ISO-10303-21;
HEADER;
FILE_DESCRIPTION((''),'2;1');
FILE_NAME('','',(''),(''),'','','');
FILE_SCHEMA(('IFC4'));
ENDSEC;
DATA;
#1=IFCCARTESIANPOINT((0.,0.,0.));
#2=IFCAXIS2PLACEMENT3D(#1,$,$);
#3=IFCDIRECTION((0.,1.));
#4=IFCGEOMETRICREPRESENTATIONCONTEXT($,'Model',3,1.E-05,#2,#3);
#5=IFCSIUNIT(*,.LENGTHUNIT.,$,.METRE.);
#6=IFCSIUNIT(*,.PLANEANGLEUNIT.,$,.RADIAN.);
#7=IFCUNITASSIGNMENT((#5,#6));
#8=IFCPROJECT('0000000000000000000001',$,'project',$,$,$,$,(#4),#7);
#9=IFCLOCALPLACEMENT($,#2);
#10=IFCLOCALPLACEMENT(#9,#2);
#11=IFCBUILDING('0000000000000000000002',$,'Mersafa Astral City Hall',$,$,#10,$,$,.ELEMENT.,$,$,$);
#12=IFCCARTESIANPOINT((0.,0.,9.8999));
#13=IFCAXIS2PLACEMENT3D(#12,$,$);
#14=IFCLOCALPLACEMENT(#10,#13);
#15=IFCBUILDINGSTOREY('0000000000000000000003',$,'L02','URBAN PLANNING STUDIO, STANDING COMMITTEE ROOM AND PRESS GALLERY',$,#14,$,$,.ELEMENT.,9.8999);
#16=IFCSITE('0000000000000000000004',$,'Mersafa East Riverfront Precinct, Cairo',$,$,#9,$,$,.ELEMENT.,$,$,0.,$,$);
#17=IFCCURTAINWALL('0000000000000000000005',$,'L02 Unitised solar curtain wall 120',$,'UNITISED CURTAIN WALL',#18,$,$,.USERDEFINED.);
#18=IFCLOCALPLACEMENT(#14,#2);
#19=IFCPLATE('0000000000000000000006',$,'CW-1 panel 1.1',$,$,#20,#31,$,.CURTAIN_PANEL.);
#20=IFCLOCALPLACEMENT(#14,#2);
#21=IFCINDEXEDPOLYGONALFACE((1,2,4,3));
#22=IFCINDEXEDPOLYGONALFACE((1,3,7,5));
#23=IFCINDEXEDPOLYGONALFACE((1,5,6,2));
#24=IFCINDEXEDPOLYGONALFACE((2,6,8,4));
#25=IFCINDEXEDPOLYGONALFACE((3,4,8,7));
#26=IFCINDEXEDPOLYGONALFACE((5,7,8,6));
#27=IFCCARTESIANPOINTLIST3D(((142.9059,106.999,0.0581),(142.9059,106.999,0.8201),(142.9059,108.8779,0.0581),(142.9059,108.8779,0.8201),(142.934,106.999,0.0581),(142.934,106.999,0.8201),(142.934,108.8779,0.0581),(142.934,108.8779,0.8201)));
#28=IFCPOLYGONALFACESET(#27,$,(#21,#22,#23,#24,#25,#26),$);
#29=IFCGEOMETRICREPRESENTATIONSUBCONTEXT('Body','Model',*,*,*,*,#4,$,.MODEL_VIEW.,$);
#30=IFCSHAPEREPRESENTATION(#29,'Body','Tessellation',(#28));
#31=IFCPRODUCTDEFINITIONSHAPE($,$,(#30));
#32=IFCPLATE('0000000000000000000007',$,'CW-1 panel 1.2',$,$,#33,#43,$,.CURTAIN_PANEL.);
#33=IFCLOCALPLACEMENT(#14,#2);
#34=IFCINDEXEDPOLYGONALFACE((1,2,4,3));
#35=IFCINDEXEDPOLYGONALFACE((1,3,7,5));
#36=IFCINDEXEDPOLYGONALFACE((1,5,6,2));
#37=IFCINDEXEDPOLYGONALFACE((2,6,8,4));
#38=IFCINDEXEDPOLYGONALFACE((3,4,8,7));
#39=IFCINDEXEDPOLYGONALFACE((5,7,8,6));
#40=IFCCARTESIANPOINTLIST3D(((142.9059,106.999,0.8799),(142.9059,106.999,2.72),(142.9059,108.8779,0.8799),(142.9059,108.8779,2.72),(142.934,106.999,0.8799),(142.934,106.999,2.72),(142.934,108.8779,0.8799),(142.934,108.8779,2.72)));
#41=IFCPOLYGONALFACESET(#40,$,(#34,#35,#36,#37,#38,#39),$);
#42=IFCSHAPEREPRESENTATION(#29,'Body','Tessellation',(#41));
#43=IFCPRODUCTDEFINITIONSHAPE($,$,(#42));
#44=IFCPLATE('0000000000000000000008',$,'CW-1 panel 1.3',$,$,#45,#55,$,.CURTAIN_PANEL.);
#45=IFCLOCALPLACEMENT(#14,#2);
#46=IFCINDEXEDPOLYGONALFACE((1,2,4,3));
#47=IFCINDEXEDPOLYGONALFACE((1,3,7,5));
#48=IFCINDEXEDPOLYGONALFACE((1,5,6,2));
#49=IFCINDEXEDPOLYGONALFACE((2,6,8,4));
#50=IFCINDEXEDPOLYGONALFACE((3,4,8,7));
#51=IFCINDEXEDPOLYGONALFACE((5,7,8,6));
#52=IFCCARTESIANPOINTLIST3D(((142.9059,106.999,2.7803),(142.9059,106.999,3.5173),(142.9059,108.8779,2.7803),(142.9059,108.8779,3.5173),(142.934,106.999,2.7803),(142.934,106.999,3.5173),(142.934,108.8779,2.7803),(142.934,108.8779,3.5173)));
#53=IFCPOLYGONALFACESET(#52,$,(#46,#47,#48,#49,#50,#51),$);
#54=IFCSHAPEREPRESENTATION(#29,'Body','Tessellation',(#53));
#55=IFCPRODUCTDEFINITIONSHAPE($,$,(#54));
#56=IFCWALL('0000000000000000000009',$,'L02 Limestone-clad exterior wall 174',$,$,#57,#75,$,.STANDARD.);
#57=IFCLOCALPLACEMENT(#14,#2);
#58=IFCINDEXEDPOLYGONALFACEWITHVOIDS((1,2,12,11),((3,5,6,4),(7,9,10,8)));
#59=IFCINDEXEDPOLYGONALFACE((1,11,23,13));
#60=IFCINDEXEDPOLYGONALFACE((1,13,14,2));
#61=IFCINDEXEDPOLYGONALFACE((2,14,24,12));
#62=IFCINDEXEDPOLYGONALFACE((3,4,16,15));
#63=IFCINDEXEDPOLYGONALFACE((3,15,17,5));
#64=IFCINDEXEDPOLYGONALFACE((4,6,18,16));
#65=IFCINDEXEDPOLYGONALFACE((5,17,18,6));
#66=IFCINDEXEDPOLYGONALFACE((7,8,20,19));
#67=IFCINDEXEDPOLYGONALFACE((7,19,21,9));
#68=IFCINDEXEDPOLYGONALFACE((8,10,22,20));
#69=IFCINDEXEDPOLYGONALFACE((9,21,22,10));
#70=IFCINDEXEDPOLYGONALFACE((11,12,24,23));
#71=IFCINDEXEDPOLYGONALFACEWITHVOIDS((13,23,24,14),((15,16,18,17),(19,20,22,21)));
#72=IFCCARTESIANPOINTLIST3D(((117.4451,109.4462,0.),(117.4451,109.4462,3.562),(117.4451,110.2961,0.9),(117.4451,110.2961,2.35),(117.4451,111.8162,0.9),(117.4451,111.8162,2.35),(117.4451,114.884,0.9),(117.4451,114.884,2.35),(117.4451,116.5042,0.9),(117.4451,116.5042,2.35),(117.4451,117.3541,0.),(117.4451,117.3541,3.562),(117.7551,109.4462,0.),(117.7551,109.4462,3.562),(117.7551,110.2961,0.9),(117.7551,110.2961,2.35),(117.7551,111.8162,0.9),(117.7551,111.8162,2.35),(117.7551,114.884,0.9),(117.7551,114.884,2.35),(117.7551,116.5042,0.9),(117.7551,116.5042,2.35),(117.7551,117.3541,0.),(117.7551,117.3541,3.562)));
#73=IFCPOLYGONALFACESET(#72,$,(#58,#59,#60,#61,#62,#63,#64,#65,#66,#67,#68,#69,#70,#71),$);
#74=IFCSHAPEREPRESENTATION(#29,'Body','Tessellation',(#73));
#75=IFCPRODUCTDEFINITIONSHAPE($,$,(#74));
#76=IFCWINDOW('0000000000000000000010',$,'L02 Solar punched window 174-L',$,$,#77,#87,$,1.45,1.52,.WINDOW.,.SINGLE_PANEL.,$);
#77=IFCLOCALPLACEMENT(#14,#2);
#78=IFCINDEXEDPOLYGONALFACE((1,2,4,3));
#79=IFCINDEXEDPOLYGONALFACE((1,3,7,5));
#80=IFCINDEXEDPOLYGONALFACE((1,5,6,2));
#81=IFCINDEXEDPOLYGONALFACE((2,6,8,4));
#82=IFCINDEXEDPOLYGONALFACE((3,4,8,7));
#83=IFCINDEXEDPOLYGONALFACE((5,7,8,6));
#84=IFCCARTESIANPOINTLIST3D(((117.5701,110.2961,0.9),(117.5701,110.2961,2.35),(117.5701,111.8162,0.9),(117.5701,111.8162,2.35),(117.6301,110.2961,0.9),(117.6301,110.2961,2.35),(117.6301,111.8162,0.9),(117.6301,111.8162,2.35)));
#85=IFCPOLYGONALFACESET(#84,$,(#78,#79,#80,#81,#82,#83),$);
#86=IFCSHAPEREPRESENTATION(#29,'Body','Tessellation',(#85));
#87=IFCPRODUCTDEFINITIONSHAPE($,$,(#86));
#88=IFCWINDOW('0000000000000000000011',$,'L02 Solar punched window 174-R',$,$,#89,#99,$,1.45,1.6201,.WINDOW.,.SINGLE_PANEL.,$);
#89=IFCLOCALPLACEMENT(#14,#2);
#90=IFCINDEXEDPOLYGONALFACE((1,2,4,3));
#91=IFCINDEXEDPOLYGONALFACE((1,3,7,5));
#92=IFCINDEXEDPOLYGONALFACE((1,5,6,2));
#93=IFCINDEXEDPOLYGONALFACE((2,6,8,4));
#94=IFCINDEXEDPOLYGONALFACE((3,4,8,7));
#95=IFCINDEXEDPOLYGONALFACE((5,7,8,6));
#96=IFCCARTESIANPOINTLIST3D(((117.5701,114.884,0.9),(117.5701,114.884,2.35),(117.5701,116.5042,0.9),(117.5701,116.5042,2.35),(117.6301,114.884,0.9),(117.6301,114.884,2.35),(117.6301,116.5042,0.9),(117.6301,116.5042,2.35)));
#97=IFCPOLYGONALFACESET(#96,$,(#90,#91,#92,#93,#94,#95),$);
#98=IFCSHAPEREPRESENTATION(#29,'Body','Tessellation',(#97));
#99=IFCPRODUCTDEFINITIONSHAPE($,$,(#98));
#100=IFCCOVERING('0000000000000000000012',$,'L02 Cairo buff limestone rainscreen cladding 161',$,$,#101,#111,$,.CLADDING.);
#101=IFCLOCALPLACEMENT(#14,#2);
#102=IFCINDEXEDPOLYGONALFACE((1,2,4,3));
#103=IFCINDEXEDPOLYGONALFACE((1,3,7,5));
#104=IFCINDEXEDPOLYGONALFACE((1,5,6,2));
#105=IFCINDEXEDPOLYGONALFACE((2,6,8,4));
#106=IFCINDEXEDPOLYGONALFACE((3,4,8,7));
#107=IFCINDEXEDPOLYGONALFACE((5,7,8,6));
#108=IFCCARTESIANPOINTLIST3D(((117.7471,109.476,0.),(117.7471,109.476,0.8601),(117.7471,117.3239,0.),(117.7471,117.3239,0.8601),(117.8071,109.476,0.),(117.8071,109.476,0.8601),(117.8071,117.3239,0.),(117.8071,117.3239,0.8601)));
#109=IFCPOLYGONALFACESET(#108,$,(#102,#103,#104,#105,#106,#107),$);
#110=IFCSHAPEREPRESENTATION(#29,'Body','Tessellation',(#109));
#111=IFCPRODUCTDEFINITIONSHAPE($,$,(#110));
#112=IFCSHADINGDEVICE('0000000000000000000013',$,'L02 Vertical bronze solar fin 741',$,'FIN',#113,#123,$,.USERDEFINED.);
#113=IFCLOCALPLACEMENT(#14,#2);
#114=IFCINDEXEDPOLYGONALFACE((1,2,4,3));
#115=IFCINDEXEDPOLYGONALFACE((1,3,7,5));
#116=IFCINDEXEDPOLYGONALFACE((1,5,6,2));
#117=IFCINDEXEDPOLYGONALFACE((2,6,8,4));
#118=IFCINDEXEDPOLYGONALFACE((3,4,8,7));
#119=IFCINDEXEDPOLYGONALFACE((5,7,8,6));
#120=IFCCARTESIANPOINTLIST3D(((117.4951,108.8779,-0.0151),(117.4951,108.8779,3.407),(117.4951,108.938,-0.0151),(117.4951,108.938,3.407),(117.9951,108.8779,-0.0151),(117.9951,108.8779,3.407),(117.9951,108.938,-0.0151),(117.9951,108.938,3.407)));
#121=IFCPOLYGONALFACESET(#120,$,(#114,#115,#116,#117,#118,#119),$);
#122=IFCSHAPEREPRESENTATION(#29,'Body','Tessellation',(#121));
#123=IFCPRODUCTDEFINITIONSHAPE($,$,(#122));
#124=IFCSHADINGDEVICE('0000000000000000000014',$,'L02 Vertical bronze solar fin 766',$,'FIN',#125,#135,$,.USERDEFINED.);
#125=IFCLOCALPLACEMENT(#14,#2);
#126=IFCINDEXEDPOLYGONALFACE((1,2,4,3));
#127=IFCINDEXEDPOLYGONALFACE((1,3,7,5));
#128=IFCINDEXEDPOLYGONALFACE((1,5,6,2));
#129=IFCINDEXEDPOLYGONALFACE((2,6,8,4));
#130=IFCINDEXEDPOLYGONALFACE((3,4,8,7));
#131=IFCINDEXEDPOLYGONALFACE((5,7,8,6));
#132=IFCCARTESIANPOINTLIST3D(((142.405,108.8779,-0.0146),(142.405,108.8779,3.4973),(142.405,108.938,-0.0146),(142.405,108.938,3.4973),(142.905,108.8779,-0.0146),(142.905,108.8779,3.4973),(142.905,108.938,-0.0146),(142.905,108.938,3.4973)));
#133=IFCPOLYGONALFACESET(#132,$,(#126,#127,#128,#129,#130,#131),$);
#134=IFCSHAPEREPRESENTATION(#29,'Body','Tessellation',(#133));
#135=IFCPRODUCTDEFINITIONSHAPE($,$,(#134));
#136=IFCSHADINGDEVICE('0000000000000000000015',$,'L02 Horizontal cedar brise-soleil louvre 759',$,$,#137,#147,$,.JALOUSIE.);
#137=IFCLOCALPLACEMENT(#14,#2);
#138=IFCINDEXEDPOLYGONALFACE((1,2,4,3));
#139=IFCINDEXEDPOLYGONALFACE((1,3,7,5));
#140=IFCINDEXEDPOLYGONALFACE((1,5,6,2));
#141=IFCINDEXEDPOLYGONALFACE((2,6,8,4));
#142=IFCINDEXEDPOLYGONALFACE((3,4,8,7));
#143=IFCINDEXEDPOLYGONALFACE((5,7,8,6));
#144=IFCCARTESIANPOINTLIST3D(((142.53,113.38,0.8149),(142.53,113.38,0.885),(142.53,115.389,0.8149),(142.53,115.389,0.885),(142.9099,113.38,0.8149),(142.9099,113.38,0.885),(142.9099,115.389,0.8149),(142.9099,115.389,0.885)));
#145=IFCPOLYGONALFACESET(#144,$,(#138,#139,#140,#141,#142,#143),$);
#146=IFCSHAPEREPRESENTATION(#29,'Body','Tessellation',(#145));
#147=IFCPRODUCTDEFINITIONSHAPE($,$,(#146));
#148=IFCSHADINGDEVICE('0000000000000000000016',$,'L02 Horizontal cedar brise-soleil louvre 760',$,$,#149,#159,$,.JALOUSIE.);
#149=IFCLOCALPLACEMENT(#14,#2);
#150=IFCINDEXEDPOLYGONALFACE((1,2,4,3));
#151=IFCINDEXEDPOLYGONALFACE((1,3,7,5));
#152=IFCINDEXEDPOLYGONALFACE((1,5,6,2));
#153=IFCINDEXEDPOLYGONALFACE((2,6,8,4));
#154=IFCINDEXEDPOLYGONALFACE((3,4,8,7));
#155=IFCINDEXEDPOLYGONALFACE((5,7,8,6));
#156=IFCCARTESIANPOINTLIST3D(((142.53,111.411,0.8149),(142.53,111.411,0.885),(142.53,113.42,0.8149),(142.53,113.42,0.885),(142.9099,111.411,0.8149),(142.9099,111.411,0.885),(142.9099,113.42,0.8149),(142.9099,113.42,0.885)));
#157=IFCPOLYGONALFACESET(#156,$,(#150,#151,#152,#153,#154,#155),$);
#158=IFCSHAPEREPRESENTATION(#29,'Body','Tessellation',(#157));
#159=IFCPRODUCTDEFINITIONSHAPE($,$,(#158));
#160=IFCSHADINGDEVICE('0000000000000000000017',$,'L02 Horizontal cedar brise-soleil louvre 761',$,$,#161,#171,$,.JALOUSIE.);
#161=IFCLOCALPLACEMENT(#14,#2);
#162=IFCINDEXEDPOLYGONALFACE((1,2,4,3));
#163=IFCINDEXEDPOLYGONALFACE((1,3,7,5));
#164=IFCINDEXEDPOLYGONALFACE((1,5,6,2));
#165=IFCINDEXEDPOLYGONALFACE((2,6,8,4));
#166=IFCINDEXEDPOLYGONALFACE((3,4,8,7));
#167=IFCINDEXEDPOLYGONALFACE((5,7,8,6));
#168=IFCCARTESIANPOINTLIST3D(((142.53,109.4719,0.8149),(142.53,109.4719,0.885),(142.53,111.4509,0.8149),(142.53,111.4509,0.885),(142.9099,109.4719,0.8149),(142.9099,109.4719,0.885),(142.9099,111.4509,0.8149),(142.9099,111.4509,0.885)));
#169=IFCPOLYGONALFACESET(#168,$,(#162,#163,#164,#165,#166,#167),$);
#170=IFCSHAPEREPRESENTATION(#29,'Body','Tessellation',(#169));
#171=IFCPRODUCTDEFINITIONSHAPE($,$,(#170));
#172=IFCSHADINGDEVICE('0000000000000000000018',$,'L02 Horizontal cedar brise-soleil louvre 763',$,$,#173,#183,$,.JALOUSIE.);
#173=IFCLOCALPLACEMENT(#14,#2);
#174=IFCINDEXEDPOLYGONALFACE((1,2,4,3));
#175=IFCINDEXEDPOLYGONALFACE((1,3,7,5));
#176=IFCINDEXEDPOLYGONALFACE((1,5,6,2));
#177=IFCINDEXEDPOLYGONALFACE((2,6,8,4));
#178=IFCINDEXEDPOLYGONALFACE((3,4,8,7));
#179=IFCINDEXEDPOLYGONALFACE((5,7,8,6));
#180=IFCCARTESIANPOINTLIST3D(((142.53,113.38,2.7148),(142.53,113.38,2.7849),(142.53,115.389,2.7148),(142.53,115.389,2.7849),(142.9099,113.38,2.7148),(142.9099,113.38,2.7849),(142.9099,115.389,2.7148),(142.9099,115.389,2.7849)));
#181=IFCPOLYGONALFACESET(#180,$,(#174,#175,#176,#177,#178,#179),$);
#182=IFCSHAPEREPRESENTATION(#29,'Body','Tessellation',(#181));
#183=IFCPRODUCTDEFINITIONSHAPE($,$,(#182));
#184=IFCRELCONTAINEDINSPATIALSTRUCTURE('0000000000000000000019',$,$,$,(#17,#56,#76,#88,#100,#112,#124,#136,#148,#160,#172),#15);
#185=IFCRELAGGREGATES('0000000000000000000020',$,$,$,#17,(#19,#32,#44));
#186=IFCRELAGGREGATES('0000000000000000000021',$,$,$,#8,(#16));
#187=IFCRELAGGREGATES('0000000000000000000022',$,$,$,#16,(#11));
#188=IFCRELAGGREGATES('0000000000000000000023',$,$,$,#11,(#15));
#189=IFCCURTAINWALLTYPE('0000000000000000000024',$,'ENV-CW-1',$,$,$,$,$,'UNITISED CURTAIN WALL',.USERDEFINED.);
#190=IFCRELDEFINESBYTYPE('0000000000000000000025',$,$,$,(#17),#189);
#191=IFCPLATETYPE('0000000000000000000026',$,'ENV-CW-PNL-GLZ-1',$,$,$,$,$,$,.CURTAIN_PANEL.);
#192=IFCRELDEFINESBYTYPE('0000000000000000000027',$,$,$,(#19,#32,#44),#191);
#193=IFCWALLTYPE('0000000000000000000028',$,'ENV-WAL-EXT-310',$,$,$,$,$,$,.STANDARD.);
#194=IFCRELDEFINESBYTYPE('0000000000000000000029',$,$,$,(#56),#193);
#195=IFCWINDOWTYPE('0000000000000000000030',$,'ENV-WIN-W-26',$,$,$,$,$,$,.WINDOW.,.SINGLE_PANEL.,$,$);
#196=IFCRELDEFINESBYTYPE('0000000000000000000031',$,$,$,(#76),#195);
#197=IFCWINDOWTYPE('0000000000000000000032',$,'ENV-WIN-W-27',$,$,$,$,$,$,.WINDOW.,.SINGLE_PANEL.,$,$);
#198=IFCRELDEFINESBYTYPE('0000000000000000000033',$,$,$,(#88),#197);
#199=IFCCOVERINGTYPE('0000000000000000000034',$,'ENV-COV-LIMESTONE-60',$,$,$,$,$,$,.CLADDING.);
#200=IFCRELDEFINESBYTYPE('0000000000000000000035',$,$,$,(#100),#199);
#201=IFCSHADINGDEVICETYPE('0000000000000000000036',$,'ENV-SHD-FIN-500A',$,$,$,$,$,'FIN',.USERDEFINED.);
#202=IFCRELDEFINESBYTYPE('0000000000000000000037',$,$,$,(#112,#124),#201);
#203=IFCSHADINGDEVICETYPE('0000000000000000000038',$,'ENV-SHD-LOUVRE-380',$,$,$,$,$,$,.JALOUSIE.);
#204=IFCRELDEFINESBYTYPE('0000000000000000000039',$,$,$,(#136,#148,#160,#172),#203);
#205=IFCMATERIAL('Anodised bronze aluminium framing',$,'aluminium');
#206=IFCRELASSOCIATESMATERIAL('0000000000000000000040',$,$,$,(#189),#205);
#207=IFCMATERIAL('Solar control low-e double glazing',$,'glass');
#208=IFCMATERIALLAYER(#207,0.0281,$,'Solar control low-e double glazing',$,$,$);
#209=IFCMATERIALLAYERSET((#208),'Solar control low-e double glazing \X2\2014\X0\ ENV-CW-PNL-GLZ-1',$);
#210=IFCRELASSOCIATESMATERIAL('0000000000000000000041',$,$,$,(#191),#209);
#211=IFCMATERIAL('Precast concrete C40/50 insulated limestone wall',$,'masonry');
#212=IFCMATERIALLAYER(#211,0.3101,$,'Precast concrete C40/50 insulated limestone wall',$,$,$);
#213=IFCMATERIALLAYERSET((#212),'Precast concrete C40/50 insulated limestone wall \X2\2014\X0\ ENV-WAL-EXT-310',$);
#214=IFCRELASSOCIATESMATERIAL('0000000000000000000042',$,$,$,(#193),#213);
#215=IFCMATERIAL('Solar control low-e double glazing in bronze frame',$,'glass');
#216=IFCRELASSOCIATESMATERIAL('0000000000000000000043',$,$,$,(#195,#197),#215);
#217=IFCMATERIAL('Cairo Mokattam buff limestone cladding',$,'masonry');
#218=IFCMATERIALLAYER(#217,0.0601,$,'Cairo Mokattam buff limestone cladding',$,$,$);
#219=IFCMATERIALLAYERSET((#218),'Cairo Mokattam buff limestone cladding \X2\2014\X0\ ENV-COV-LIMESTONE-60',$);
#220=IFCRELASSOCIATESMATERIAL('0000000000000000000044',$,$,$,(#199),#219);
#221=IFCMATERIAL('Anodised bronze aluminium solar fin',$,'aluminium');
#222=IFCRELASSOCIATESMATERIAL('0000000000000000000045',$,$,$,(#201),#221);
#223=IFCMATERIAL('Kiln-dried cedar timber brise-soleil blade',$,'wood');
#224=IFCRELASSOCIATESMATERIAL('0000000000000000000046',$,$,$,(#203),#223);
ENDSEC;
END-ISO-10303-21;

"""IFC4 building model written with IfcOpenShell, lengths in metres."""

from ifc_helpers import new_model, si_unit, direction, frame, frame_2d, origin, origin_2d, place, context, subcontext, project, spatial, rectangle, extrude, material, layer, layer_set, type_object, element, fill, aggregate, save


model = new_model("IFC4")

# Units and contexts
model_context = context("Model", 3, precision=1e-05, world=origin(), true_north=direction((0.0, 1.0)))
body_context = subcontext(model_context, "Body", "Model", "MODEL_VIEW")
ifc_project = project(units=[si_unit("LENGTHUNIT", "METRE"), si_unit("PLANEANGLEUNIT", "RADIAN")], contexts=[model_context])

# Site, building, storey
site_placement = place(None, origin())
site = spatial("IfcSite", under=ifc_project, at=site_placement, Name="Mersafa East Riverfront Precinct, Cairo", CompositionType="ELEMENT", RefElevation=0.0)
building_placement = place(site_placement, origin())
building = spatial("IfcBuilding", under=site, at=building_placement, Name="Mersafa Astral City Hall", CompositionType="ELEMENT")
storey_placement = place(building_placement, frame((0.0, 0.0, 9.8999)))
storey = spatial("IfcBuildingStorey", under=building, at=storey_placement, Name="L02", Description="URBAN PLANNING STUDIO, STANDING COMMITTEE ROOM AND PRESS GALLERY", CompositionType="ELEMENT", Elevation=9.8999)

# Curtain wall
ifc_material_1 = material(Name="Anodised bronze aluminium framing", Category="aluminium")
curtain_wall_type = type_object("IfcCurtainWallType", Name="ENV-CW-1", ElementType="UNITISED CURTAIN WALL", PredefinedType="USERDEFINED", material=ifc_material_1)
curtain_wall_placement = place(storey_placement, origin())
curtain_wall = element("IfcCurtainWall", 1, at=curtain_wall_placement, inside=storey, type_object=curtain_wall_type, Name="L02 Unitised solar curtain wall 120", ObjectType="UNITISED CURTAIN WALL", PredefinedType="USERDEFINED")

# Plates
ifc_material_2 = material(Name="Solar control low-e double glazing", Category="glass")
ifc_layer_1 = layer(ifc_material_2, 0.0281, Name="Solar control low-e double glazing")
ifc_layer_set_1 = layer_set([ifc_layer_1], Name="Solar control low-e double glazing — ENV-CW-PNL-GLZ-1")
plate_type = type_object("IfcPlateType", Name="ENV-CW-PNL-GLZ-1", PredefinedType="CURTAIN_PANEL", material=ifc_layer_set_1)
plate_1_placement = place(storey_placement, frame((142.9199, 107.9385, 0.0581), z_axis=(0.0, 0.0, 1.0), x_axis=(0.0, -1.0, 0.0)))
plate_1 = element("IfcPlate", 2, at=plate_1_placement, type_object=plate_type, Name="CW-1 panel 1.1", PredefinedType="CURTAIN_PANEL", context=body_context, shape_type="SweptSolid", body=[
    extrude(rectangle(XDim=1.8789, YDim=0.0281, at=origin_2d()), origin(), (0.0, 0.0, 1.0), 0.762),
])
plate_2_placement = place(storey_placement, frame((142.9199, 107.9385, 0.8799), z_axis=(0.0, 0.0, 1.0), x_axis=(0.0, -1.0, 0.0)))
plate_2 = element("IfcPlate", 3, at=plate_2_placement, type_object=plate_type, Name="CW-1 panel 1.2", PredefinedType="CURTAIN_PANEL", context=body_context, shape_type="SweptSolid", body=[
    extrude(rectangle(XDim=1.8789, YDim=0.0281, at=origin_2d()), origin(), (0.0, 0.0, 1.0), 1.8401),
])
plate_3_placement = place(storey_placement, frame((142.9199, 107.9385, 2.7803), z_axis=(0.0, 0.0, 1.0), x_axis=(0.0, -1.0, 0.0)))
plate_3 = element("IfcPlate", 4, at=plate_3_placement, type_object=plate_type, Name="CW-1 panel 1.3", PredefinedType="CURTAIN_PANEL", context=body_context, shape_type="SweptSolid", body=[
    extrude(rectangle(XDim=1.8789, YDim=0.0281, at=origin_2d()), origin(), (0.0, 0.0, 1.0), 0.7371),
])
aggregate(curtain_wall, [plate_1, plate_2, plate_3])

# Wall, openings, windows
ifc_material_3 = material(Name="Precast concrete C40/50 insulated limestone wall", Category="masonry")
ifc_layer_2 = layer(ifc_material_3, 0.3101, Name="Precast concrete C40/50 insulated limestone wall")
ifc_layer_set_2 = layer_set([ifc_layer_2], Name="Precast concrete C40/50 insulated limestone wall — ENV-WAL-EXT-310")
wall_type = type_object("IfcWallType", Name="ENV-WAL-EXT-310", PredefinedType="STANDARD", material=ifc_layer_set_2)
wall_placement = place(storey_placement, frame((117.6001, 109.446, 0.0), z_axis=(0.0, 0.0, 1.0), x_axis=(0.0, 1.0, 0.0)))
wall = element("IfcWall", 5, at=wall_placement, inside=storey, type_object=wall_type, Name="L02 Limestone-clad exterior wall 174", PredefinedType="STANDARD", context=body_context, shape_type="SweptSolid", body=[
    extrude(rectangle(XDim=7.908, YDim=0.3101, at=frame_2d((3.9541, 0.0))), origin(), (0.0, 0.0, 1.0), 3.562),
])
opening_1_placement = place(wall_placement, frame((0.8501, 0.0, 0.8999)))
opening_1 = element("IfcOpeningElement", 6, at=opening_1_placement, cuts=wall, PredefinedType="OPENING", context=body_context, shape_type="SweptSolid", body=[
    extrude(rectangle(XDim=1.52, YDim=1.45, at=frame_2d((0.76, 0.7251))), frame((0.0, 0.165, 0.0), z_axis=(0.0, -1.0, 0.0), x_axis=(1.0, 0.0, 0.0)), (0.0, 0.0, 1.0), 0.3301),
])
opening_2_placement = place(wall_placement, frame((5.438, 0.0, 0.8999)))
opening_2 = element("IfcOpeningElement", 7, at=opening_2_placement, cuts=wall, PredefinedType="OPENING", context=body_context, shape_type="SweptSolid", body=[
    extrude(rectangle(XDim=1.6201, YDim=1.45, at=frame_2d((0.8101, 0.7251))), frame((0.0, 0.165, 0.0), z_axis=(0.0, -1.0, 0.0), x_axis=(1.0, 0.0, 0.0)), (0.0, 0.0, 1.0), 0.3301),
])
ifc_material_4 = material(Name="Solar control low-e double glazing in bronze frame", Category="glass")
window_type_1 = type_object("IfcWindowType", Name="ENV-WIN-W-26", PartitioningType="SINGLE_PANEL", PredefinedType="WINDOW", material=ifc_material_4)
window_1_placement = place(opening_1_placement, origin())
window_1 = element("IfcWindow", 8, at=window_1_placement, inside=storey, type_object=window_type_1, Name="L02 Solar punched window 174-L", OverallHeight=1.45, OverallWidth=1.52, PartitioningType="SINGLE_PANEL", PredefinedType="WINDOW", context=body_context, shape_type="SweptSolid", body=[
    extrude(rectangle(XDim=1.52, YDim=1.45, at=frame_2d((0.76, 0.7251))), frame((0.0, 0.03, 0.0), z_axis=(0.0, -1.0, 0.0), x_axis=(1.0, 0.0, 0.0)), (0.0, 0.0, 1.0), 0.0601),
])
fill(opening_1, window_1)
window_type_2 = type_object("IfcWindowType", Name="ENV-WIN-W-27", PartitioningType="SINGLE_PANEL", PredefinedType="WINDOW", material=ifc_material_4)
window_2_placement = place(opening_2_placement, origin())
window_2 = element("IfcWindow", 9, at=window_2_placement, inside=storey, type_object=window_type_2, Name="L02 Solar punched window 174-R", OverallHeight=1.45, OverallWidth=1.6201, PartitioningType="SINGLE_PANEL", PredefinedType="WINDOW", context=body_context, shape_type="SweptSolid", body=[
    extrude(rectangle(XDim=1.6201, YDim=1.45, at=frame_2d((0.8101, 0.7251))), frame((0.0, 0.03, 0.0), z_axis=(0.0, -1.0, 0.0), x_axis=(1.0, 0.0, 0.0)), (0.0, 0.0, 1.0), 0.0601),
])
fill(opening_2, window_2)

# Covering
ifc_material_5 = material(Name="Cairo Mokattam buff limestone cladding", Category="masonry")
ifc_layer_3 = layer(ifc_material_5, 0.0601, Name="Cairo Mokattam buff limestone cladding")
ifc_layer_set_3 = layer_set([ifc_layer_3], Name="Cairo Mokattam buff limestone cladding — ENV-COV-LIMESTONE-60")
covering_type = type_object("IfcCoveringType", Name="ENV-COV-LIMESTONE-60", PredefinedType="CLADDING", material=ifc_layer_set_3)
covering_placement = place(storey_placement, frame((117.7771, 113.3999, 0.0), z_axis=(0.0, 0.0, 1.0), x_axis=(0.0, 1.0, 0.0)))
element("IfcCovering", 10, at=covering_placement, inside=storey, type_object=covering_type, Name="L02 Cairo buff limestone rainscreen cladding 161", PredefinedType="CLADDING", context=body_context, shape_type="SweptSolid", body=[
    extrude(rectangle(XDim=7.8479, YDim=0.0601, at=origin_2d()), origin(), (0.0, 0.0, 1.0), 0.8601),
])

# Shading devices
ifc_material_6 = material(Name="Anodised bronze aluminium solar fin", Category="aluminium")
shading_device_type_1 = type_object("IfcShadingDeviceType", Name="ENV-SHD-FIN-500A", ElementType="FIN", PredefinedType="USERDEFINED", material=ifc_material_6)
shading_device_1_placement = place(storey_placement, frame((117.7451, 108.908, -0.0151), z_axis=(0.0, 0.0, 1.0), x_axis=(0.0, 1.0, 0.0)))
element("IfcShadingDevice", 11, at=shading_device_1_placement, inside=storey, type_object=shading_device_type_1, Name="L02 Vertical bronze solar fin 741", ObjectType="FIN", PredefinedType="USERDEFINED", context=body_context, shape_type="SweptSolid", body=[
    extrude(rectangle(XDim=0.0601, YDim=0.5, at=origin_2d()), origin(), (0.0, 0.0, 1.0), 3.4221),
])
shading_device_2_placement = place(storey_placement, frame((142.655, 108.908, -0.0146), z_axis=(0.0, 0.0, 1.0), x_axis=(0.0, -1.0, 0.0)))
element("IfcShadingDevice", 12, at=shading_device_2_placement, inside=storey, type_object=shading_device_type_1, Name="L02 Vertical bronze solar fin 766", ObjectType="FIN", PredefinedType="USERDEFINED", context=body_context, shape_type="SweptSolid", body=[
    extrude(rectangle(XDim=0.0601, YDim=0.5, at=origin_2d()), origin(), (0.0, 0.0, 1.0), 3.512),
])
ifc_material_7 = material(Name="Kiln-dried cedar timber brise-soleil blade", Category="wood")
shading_device_type_2 = type_object("IfcShadingDeviceType", Name="ENV-SHD-LOUVRE-380", PredefinedType="JALOUSIE", material=ifc_material_7)
for number, where, z_axis, x_axis, name in (
    (13, (142.72, 114.3845, 0.8149), (0.0, 0.0, 1.0), (0.0, -1.0, 0.0), "L02 Horizontal cedar brise-soleil louvre 759"),
    (14, (142.72, 112.4155, 0.8149), (0.0, 0.0, 1.0), (0.0, -1.0, 0.0), "L02 Horizontal cedar brise-soleil louvre 760"),
):
    element("IfcShadingDevice", number, at=place(storey_placement, frame(where, z_axis=z_axis, x_axis=x_axis)), inside=storey, type_object=shading_device_type_2, Name=name, PredefinedType="JALOUSIE", context=body_context, shape_type="SweptSolid", body=[
        extrude(rectangle(XDim=2.009, YDim=0.3799, at=origin_2d()), origin(), (0.0, 0.0, 1.0), 0.0701),
    ])
shading_device_3_placement = place(storey_placement, frame((142.72, 110.4614, 0.8149), z_axis=(0.0, 0.0, 1.0), x_axis=(0.0, -1.0, 0.0)))
element("IfcShadingDevice", 15, at=shading_device_3_placement, inside=storey, type_object=shading_device_type_2, Name="L02 Horizontal cedar brise-soleil louvre 761", PredefinedType="JALOUSIE", context=body_context, shape_type="SweptSolid", body=[
    extrude(rectangle(XDim=1.979, YDim=0.3799, at=origin_2d()), origin(), (0.0, 0.0, 1.0), 0.0701),
])
for number, where, z_axis, x_axis, name in (
    (16, (142.72, 114.3845, 2.7148), (0.0, 0.0, 1.0), (0.0, -1.0, 0.0), "L02 Horizontal cedar brise-soleil louvre 763"),
):
    element("IfcShadingDevice", number, at=place(storey_placement, frame(where, z_axis=z_axis, x_axis=x_axis)), inside=storey, type_object=shading_device_type_2, Name=name, PredefinedType="JALOUSIE", context=body_context, shape_type="SweptSolid", body=[
        extrude(rectangle(XDim=2.009, YDim=0.3799, at=origin_2d()), origin(), (0.0, 0.0, 1.0), 0.0701),
    ])

save(model, "model.ifc")
